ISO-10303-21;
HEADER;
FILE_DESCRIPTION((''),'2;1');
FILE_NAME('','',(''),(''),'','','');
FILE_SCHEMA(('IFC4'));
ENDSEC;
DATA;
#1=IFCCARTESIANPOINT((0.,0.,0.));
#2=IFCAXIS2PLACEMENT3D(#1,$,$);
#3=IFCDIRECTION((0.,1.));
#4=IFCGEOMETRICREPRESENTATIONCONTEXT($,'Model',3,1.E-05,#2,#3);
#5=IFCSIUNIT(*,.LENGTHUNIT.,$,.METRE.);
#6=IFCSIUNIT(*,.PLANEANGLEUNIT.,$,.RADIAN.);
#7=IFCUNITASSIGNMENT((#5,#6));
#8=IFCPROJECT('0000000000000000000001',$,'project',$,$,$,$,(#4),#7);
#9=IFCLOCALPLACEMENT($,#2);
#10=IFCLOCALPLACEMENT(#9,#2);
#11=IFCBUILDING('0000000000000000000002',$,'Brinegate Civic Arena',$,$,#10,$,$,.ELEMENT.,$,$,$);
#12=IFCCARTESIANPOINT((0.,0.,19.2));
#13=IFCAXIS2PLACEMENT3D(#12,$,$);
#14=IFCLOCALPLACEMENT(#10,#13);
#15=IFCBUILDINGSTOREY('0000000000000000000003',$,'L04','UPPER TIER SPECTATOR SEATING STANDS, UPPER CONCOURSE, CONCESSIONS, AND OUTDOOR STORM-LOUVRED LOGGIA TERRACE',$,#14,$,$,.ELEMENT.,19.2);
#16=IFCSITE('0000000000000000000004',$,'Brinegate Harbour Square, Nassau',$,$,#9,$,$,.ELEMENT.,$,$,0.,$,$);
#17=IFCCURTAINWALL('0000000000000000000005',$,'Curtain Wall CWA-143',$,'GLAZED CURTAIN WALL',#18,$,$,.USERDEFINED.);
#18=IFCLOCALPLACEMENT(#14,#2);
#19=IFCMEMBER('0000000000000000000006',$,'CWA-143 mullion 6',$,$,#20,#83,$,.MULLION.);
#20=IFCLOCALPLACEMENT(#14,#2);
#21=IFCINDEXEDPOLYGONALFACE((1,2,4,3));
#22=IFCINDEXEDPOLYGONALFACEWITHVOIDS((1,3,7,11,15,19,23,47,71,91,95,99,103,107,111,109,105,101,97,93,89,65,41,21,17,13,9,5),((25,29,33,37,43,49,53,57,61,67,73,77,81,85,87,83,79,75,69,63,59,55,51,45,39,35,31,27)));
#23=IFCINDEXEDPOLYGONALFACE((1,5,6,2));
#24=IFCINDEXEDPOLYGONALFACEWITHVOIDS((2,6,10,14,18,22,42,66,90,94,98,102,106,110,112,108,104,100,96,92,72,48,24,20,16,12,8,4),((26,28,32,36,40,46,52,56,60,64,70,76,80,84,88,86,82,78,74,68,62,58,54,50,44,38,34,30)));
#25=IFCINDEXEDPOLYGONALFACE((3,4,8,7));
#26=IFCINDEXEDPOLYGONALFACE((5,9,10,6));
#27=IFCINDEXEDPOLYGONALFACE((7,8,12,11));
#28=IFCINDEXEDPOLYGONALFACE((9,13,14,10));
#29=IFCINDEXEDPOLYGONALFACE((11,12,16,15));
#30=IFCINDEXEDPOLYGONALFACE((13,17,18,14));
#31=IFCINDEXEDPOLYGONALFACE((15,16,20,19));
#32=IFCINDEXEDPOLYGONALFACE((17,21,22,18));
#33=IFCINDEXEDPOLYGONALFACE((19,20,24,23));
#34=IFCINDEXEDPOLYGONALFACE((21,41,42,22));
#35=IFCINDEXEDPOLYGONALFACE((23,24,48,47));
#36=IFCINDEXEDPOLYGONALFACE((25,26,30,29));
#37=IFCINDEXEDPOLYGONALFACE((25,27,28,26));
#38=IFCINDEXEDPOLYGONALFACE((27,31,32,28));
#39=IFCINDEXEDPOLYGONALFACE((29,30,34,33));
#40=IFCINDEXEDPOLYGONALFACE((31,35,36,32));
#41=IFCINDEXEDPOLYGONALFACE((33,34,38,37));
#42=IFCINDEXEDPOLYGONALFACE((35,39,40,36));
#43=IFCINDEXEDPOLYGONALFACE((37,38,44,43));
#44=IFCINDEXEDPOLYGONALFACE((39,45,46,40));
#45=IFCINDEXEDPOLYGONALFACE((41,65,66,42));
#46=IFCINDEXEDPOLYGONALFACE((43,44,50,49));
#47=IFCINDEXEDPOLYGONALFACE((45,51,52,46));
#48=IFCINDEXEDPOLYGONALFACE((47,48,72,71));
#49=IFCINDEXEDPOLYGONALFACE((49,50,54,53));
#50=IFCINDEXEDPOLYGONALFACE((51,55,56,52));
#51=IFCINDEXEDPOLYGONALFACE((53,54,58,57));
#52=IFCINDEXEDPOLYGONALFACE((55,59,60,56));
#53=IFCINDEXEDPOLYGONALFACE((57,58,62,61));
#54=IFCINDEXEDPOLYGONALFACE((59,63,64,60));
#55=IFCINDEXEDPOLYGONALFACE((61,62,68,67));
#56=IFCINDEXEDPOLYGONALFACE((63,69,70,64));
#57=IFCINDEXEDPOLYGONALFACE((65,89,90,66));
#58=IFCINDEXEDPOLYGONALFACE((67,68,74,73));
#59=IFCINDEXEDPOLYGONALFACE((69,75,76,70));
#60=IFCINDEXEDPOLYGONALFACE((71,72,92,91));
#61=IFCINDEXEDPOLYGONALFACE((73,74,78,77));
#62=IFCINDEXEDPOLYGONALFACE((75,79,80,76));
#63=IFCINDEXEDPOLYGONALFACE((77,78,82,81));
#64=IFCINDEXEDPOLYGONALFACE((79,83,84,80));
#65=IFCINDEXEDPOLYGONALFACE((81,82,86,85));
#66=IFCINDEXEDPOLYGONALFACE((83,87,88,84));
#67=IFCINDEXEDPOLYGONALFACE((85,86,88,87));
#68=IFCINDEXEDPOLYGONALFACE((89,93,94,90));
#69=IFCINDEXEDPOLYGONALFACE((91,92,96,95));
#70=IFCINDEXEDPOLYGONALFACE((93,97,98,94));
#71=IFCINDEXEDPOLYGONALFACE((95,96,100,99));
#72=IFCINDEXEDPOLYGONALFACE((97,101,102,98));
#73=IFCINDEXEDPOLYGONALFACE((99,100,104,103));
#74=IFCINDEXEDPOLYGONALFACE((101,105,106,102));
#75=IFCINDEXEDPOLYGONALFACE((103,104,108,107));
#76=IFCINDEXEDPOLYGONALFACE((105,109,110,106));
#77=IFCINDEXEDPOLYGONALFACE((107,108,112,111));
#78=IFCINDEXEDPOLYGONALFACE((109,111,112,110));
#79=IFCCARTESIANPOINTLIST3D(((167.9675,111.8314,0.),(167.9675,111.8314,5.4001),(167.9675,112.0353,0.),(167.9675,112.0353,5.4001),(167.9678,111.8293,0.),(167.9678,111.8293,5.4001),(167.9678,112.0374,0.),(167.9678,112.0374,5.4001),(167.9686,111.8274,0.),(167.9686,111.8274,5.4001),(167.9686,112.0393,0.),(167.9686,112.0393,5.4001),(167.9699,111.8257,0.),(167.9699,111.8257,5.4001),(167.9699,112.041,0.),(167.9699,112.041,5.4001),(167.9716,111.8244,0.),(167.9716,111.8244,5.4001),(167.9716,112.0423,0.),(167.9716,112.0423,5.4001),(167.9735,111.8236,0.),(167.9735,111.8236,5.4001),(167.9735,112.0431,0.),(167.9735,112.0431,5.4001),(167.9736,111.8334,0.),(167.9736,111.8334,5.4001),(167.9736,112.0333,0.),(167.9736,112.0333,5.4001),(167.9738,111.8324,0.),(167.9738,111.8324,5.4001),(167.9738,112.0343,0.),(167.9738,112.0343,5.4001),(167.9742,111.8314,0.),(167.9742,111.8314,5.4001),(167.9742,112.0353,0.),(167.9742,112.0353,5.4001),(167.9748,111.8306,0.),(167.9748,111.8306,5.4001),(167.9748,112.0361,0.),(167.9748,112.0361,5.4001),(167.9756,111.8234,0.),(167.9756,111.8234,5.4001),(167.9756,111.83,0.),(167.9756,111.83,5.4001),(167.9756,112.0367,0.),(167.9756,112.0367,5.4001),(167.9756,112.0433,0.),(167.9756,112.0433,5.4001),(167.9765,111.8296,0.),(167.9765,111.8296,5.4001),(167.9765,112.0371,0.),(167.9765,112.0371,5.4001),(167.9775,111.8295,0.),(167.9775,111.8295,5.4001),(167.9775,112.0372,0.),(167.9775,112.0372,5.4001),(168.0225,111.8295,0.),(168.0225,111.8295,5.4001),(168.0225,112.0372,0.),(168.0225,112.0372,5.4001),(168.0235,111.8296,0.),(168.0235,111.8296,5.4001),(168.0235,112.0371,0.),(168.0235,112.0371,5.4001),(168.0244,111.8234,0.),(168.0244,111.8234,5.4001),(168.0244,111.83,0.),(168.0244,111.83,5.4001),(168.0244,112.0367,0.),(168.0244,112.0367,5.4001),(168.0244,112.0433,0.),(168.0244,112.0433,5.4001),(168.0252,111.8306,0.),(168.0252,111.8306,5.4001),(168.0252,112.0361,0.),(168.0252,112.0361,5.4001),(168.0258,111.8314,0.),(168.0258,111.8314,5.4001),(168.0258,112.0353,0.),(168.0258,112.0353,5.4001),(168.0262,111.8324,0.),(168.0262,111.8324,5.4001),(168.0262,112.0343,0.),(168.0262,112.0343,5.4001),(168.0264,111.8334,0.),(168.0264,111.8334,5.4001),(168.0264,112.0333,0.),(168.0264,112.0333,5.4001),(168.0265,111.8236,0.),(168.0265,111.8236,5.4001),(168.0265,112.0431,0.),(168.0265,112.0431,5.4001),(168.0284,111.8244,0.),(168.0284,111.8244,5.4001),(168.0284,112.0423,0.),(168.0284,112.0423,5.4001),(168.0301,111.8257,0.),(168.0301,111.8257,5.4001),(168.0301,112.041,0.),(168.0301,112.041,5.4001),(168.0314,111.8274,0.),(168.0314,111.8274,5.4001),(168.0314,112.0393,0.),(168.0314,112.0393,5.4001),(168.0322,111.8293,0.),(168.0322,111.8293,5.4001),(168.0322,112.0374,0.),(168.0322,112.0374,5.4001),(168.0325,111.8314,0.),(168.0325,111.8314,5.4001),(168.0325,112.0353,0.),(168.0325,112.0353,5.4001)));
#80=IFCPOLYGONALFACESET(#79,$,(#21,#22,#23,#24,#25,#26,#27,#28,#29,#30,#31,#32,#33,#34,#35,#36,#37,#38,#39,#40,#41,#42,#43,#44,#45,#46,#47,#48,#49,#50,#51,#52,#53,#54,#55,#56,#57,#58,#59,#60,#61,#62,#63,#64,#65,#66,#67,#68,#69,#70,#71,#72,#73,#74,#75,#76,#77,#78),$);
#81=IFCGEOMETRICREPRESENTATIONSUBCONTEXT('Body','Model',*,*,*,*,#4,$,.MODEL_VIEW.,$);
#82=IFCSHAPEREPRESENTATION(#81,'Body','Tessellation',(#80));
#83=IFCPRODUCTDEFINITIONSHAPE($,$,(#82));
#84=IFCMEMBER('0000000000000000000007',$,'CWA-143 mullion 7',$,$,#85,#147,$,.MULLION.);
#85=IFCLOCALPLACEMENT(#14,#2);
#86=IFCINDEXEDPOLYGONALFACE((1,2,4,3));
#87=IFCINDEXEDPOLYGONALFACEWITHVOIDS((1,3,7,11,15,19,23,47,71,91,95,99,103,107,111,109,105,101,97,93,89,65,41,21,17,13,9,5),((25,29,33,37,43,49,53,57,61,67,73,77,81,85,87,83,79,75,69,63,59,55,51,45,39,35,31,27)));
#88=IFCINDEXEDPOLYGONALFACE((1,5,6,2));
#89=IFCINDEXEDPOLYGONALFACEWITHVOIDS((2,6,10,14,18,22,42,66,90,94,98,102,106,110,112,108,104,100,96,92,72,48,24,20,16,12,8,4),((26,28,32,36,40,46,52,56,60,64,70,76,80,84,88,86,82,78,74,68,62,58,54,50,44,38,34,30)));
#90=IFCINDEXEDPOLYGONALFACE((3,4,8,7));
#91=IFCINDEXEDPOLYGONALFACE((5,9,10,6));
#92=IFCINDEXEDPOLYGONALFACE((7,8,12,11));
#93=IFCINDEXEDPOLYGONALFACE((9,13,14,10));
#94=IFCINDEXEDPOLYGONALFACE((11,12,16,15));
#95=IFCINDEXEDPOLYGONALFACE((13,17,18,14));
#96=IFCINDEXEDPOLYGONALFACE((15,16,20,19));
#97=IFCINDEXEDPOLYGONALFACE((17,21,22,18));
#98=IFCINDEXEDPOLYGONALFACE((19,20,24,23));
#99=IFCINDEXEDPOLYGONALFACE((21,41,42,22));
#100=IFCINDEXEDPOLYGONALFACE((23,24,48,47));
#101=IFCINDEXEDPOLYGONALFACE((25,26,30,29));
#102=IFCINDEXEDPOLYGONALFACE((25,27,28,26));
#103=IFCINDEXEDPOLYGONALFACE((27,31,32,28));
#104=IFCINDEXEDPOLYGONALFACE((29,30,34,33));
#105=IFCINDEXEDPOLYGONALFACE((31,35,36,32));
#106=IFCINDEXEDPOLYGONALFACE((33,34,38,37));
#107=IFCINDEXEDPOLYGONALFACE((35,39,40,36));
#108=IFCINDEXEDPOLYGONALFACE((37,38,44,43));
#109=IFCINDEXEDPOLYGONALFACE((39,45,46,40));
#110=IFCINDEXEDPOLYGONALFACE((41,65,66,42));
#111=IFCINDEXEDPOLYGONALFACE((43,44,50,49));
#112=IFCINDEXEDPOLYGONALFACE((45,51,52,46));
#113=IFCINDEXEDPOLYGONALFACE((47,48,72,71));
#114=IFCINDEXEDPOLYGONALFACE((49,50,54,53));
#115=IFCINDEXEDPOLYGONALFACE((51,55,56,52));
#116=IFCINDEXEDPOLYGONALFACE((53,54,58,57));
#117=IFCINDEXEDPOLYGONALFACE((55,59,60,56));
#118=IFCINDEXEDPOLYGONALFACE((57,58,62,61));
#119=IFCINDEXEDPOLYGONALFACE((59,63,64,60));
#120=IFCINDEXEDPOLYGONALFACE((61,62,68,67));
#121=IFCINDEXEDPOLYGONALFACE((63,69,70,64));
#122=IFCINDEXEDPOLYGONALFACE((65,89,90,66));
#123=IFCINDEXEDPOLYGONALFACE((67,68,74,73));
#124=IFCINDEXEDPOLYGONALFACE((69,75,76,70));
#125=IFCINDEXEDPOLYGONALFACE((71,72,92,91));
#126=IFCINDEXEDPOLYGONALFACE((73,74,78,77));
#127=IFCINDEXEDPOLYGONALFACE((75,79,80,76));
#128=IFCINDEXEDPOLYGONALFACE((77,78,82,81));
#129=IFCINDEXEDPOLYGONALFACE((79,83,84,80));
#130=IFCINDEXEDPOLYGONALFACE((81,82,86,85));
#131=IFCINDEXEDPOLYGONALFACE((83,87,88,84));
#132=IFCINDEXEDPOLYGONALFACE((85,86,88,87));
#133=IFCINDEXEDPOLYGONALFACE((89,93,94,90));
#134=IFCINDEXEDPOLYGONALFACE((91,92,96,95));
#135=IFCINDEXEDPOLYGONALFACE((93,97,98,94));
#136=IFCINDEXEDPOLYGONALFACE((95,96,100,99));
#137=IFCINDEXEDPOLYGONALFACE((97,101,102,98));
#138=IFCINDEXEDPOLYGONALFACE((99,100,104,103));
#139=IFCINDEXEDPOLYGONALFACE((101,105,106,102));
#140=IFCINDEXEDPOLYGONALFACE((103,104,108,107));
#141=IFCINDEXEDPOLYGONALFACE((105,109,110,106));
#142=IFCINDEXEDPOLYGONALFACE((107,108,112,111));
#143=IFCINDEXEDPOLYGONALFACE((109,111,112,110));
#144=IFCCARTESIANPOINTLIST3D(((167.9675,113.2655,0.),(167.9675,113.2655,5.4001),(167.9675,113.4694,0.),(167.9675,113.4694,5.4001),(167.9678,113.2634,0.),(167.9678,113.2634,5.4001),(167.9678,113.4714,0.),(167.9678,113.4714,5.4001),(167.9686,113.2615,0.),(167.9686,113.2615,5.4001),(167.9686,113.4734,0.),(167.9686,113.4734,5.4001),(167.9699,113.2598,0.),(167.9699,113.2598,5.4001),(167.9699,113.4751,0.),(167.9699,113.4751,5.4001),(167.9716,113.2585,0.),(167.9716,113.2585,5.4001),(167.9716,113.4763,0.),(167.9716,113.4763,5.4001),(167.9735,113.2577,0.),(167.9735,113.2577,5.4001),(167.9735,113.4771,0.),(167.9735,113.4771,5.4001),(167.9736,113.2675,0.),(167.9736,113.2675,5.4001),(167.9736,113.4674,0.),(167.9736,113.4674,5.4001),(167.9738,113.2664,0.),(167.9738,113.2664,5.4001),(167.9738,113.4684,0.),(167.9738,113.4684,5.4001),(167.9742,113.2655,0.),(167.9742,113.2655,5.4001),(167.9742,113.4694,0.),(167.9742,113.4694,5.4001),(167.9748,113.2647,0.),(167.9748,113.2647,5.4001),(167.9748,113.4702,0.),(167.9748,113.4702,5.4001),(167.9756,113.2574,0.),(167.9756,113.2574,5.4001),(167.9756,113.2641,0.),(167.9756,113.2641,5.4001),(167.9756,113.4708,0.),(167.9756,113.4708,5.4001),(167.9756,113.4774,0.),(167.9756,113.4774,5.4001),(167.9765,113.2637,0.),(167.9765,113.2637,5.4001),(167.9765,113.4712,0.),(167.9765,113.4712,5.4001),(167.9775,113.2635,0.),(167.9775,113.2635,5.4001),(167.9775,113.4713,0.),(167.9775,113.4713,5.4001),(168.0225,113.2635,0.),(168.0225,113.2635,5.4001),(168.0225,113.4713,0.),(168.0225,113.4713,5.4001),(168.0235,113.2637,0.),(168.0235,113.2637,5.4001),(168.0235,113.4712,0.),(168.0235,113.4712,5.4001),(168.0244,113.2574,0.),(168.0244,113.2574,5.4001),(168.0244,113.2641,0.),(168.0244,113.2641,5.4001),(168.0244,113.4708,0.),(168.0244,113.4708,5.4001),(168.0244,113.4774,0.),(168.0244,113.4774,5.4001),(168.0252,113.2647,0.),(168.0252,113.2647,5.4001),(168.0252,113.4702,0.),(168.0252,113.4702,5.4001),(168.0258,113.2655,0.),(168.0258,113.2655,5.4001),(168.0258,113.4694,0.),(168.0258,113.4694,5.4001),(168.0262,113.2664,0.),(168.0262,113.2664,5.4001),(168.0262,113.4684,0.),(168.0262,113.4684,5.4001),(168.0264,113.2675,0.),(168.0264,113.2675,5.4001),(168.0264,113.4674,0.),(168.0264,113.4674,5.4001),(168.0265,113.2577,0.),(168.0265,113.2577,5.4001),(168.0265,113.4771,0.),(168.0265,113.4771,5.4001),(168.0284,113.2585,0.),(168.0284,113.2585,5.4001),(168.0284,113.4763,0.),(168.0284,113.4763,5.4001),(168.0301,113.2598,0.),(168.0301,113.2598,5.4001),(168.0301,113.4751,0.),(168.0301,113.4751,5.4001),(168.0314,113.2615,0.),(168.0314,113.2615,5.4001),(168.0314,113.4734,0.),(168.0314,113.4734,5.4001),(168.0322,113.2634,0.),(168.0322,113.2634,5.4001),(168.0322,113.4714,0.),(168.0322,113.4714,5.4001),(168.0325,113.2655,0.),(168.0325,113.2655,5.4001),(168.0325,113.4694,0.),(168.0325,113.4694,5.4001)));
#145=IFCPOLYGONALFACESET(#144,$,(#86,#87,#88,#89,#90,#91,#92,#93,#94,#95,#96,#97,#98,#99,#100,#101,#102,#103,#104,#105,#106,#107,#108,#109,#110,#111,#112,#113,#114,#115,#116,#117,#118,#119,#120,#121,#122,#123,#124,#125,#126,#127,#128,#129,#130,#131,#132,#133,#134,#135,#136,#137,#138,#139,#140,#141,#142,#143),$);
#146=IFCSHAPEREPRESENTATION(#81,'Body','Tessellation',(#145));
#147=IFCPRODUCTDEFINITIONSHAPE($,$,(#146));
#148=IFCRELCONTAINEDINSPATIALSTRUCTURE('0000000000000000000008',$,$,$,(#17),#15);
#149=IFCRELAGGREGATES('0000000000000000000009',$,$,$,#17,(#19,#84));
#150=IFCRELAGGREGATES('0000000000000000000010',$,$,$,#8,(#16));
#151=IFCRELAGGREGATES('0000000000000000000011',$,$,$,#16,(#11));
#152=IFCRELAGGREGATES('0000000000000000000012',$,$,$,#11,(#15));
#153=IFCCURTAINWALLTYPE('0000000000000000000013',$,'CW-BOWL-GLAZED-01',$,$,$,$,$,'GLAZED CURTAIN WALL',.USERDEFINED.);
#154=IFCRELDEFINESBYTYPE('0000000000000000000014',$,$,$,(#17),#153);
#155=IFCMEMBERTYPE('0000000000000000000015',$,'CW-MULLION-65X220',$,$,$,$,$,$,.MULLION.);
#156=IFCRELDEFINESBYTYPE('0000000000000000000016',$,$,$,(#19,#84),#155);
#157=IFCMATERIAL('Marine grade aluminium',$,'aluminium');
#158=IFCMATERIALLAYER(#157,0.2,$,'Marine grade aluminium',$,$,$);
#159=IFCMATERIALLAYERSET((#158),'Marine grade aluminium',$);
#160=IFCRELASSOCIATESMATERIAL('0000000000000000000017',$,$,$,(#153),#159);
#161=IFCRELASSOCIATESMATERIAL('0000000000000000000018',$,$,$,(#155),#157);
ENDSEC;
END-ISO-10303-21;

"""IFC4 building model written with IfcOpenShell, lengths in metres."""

from ifc_helpers import new_model, si_unit, direction, frame, origin, origin_2d, place, context, subcontext, project, spatial, hollow_rectangle, extrude, material, layer, layer_set, material_profile, profile_set, type_object, element, aggregate, save


model = new_model("IFC4")

# Units and contexts
model_context = context("Model", 3, precision=1e-05, world=origin(), true_north=direction((0.0, 1.0)))
body_context = subcontext(model_context, "Body", "Model", "MODEL_VIEW")
ifc_project = project(units=[si_unit("LENGTHUNIT", "METRE"), si_unit("PLANEANGLEUNIT", "RADIAN")], contexts=[model_context])

# Site, building, storey
site_placement = place(None, origin())
site = spatial("IfcSite", under=ifc_project, at=site_placement, Name="Brinegate Harbour Square, Nassau", CompositionType="ELEMENT", RefElevation=0.0)
building_placement = place(site_placement, origin())
building = spatial("IfcBuilding", under=site, at=building_placement, Name="Brinegate Civic Arena", CompositionType="ELEMENT")
storey_placement = place(building_placement, frame((0.0, 0.0, 19.2)))
storey = spatial("IfcBuildingStorey", under=building, at=storey_placement, Name="L04", Description="UPPER TIER SPECTATOR SEATING STANDS, UPPER CONCOURSE, CONCESSIONS, AND OUTDOOR STORM-LOUVRED LOGGIA TERRACE", CompositionType="ELEMENT", Elevation=19.2)

# Curtain wall, members
ifc_material_1 = material(Name="Marine grade aluminium", Category="aluminium")
ifc_layer_1 = layer(ifc_material_1, 0.2, Name="Marine grade aluminium")
ifc_layer_set_1 = layer_set([ifc_layer_1], Name="Marine grade aluminium")
curtain_wall_type = type_object("IfcCurtainWallType", Name="CW-BOWL-GLAZED-01", ElementType="GLAZED CURTAIN WALL", PredefinedType="USERDEFINED", material=ifc_layer_set_1)
curtain_wall_placement = place(storey_placement, origin())
curtain_wall = element("IfcCurtainWall", 1, at=curtain_wall_placement, inside=storey, type_object=curtain_wall_type, Name="Curtain Wall CWA-143", ObjectType="GLAZED CURTAIN WALL", PredefinedType="USERDEFINED")
ifc_material_profile_1 = material_profile(ifc_material_1, hollow_rectangle(XDim=0.0649, YDim=0.22, WallThickness=0.0061, InnerFilletRadius=0.0039, OuterFilletRadius=0.0081, at=origin_2d()), Name="MUL65X220")
ifc_profile_set_1 = profile_set([ifc_material_profile_1], Name="Marine grade aluminium")
member_type_1 = type_object("IfcMemberType", Name="CW-MULLION-65X220", PredefinedType="MULLION", material=ifc_profile_set_1)
member_1_placement = place(storey_placement, frame((168.0, 111.9333, 0.0), z_axis=(0.0, 0.0, 1.0), x_axis=(-1.0, 0.0, 0.0)))
member_1 = element("IfcMember", 2, at=member_1_placement, type_object=member_type_1, Name="CWA-143 mullion 6", PredefinedType="MULLION", context=body_context, shape_type="SweptSolid", body=[
    extrude(hollow_rectangle(XDim=0.0649, YDim=0.22, WallThickness=0.0061, InnerFilletRadius=0.0039, OuterFilletRadius=0.0081, at=origin_2d()), origin(), (0.0, 0.0, 1.0), 5.4001),
])
member_2_placement = place(storey_placement, frame((168.0, 113.3674, 0.0), z_axis=(0.0, 0.0, 1.0), x_axis=(-1.0, 0.0, 0.0)))
member_2 = element("IfcMember", 3, at=member_2_placement, type_object=member_type_1, Name="CWA-143 mullion 7", PredefinedType="MULLION", context=body_context, shape_type="SweptSolid", body=[
    extrude(hollow_rectangle(XDim=0.0649, YDim=0.22, WallThickness=0.0061, InnerFilletRadius=0.0039, OuterFilletRadius=0.0081, at=origin_2d()), origin(), (0.0, 0.0, 1.0), 5.4001),
])
aggregate(curtain_wall, [member_1, member_2])

save(model, "model.ifc")
